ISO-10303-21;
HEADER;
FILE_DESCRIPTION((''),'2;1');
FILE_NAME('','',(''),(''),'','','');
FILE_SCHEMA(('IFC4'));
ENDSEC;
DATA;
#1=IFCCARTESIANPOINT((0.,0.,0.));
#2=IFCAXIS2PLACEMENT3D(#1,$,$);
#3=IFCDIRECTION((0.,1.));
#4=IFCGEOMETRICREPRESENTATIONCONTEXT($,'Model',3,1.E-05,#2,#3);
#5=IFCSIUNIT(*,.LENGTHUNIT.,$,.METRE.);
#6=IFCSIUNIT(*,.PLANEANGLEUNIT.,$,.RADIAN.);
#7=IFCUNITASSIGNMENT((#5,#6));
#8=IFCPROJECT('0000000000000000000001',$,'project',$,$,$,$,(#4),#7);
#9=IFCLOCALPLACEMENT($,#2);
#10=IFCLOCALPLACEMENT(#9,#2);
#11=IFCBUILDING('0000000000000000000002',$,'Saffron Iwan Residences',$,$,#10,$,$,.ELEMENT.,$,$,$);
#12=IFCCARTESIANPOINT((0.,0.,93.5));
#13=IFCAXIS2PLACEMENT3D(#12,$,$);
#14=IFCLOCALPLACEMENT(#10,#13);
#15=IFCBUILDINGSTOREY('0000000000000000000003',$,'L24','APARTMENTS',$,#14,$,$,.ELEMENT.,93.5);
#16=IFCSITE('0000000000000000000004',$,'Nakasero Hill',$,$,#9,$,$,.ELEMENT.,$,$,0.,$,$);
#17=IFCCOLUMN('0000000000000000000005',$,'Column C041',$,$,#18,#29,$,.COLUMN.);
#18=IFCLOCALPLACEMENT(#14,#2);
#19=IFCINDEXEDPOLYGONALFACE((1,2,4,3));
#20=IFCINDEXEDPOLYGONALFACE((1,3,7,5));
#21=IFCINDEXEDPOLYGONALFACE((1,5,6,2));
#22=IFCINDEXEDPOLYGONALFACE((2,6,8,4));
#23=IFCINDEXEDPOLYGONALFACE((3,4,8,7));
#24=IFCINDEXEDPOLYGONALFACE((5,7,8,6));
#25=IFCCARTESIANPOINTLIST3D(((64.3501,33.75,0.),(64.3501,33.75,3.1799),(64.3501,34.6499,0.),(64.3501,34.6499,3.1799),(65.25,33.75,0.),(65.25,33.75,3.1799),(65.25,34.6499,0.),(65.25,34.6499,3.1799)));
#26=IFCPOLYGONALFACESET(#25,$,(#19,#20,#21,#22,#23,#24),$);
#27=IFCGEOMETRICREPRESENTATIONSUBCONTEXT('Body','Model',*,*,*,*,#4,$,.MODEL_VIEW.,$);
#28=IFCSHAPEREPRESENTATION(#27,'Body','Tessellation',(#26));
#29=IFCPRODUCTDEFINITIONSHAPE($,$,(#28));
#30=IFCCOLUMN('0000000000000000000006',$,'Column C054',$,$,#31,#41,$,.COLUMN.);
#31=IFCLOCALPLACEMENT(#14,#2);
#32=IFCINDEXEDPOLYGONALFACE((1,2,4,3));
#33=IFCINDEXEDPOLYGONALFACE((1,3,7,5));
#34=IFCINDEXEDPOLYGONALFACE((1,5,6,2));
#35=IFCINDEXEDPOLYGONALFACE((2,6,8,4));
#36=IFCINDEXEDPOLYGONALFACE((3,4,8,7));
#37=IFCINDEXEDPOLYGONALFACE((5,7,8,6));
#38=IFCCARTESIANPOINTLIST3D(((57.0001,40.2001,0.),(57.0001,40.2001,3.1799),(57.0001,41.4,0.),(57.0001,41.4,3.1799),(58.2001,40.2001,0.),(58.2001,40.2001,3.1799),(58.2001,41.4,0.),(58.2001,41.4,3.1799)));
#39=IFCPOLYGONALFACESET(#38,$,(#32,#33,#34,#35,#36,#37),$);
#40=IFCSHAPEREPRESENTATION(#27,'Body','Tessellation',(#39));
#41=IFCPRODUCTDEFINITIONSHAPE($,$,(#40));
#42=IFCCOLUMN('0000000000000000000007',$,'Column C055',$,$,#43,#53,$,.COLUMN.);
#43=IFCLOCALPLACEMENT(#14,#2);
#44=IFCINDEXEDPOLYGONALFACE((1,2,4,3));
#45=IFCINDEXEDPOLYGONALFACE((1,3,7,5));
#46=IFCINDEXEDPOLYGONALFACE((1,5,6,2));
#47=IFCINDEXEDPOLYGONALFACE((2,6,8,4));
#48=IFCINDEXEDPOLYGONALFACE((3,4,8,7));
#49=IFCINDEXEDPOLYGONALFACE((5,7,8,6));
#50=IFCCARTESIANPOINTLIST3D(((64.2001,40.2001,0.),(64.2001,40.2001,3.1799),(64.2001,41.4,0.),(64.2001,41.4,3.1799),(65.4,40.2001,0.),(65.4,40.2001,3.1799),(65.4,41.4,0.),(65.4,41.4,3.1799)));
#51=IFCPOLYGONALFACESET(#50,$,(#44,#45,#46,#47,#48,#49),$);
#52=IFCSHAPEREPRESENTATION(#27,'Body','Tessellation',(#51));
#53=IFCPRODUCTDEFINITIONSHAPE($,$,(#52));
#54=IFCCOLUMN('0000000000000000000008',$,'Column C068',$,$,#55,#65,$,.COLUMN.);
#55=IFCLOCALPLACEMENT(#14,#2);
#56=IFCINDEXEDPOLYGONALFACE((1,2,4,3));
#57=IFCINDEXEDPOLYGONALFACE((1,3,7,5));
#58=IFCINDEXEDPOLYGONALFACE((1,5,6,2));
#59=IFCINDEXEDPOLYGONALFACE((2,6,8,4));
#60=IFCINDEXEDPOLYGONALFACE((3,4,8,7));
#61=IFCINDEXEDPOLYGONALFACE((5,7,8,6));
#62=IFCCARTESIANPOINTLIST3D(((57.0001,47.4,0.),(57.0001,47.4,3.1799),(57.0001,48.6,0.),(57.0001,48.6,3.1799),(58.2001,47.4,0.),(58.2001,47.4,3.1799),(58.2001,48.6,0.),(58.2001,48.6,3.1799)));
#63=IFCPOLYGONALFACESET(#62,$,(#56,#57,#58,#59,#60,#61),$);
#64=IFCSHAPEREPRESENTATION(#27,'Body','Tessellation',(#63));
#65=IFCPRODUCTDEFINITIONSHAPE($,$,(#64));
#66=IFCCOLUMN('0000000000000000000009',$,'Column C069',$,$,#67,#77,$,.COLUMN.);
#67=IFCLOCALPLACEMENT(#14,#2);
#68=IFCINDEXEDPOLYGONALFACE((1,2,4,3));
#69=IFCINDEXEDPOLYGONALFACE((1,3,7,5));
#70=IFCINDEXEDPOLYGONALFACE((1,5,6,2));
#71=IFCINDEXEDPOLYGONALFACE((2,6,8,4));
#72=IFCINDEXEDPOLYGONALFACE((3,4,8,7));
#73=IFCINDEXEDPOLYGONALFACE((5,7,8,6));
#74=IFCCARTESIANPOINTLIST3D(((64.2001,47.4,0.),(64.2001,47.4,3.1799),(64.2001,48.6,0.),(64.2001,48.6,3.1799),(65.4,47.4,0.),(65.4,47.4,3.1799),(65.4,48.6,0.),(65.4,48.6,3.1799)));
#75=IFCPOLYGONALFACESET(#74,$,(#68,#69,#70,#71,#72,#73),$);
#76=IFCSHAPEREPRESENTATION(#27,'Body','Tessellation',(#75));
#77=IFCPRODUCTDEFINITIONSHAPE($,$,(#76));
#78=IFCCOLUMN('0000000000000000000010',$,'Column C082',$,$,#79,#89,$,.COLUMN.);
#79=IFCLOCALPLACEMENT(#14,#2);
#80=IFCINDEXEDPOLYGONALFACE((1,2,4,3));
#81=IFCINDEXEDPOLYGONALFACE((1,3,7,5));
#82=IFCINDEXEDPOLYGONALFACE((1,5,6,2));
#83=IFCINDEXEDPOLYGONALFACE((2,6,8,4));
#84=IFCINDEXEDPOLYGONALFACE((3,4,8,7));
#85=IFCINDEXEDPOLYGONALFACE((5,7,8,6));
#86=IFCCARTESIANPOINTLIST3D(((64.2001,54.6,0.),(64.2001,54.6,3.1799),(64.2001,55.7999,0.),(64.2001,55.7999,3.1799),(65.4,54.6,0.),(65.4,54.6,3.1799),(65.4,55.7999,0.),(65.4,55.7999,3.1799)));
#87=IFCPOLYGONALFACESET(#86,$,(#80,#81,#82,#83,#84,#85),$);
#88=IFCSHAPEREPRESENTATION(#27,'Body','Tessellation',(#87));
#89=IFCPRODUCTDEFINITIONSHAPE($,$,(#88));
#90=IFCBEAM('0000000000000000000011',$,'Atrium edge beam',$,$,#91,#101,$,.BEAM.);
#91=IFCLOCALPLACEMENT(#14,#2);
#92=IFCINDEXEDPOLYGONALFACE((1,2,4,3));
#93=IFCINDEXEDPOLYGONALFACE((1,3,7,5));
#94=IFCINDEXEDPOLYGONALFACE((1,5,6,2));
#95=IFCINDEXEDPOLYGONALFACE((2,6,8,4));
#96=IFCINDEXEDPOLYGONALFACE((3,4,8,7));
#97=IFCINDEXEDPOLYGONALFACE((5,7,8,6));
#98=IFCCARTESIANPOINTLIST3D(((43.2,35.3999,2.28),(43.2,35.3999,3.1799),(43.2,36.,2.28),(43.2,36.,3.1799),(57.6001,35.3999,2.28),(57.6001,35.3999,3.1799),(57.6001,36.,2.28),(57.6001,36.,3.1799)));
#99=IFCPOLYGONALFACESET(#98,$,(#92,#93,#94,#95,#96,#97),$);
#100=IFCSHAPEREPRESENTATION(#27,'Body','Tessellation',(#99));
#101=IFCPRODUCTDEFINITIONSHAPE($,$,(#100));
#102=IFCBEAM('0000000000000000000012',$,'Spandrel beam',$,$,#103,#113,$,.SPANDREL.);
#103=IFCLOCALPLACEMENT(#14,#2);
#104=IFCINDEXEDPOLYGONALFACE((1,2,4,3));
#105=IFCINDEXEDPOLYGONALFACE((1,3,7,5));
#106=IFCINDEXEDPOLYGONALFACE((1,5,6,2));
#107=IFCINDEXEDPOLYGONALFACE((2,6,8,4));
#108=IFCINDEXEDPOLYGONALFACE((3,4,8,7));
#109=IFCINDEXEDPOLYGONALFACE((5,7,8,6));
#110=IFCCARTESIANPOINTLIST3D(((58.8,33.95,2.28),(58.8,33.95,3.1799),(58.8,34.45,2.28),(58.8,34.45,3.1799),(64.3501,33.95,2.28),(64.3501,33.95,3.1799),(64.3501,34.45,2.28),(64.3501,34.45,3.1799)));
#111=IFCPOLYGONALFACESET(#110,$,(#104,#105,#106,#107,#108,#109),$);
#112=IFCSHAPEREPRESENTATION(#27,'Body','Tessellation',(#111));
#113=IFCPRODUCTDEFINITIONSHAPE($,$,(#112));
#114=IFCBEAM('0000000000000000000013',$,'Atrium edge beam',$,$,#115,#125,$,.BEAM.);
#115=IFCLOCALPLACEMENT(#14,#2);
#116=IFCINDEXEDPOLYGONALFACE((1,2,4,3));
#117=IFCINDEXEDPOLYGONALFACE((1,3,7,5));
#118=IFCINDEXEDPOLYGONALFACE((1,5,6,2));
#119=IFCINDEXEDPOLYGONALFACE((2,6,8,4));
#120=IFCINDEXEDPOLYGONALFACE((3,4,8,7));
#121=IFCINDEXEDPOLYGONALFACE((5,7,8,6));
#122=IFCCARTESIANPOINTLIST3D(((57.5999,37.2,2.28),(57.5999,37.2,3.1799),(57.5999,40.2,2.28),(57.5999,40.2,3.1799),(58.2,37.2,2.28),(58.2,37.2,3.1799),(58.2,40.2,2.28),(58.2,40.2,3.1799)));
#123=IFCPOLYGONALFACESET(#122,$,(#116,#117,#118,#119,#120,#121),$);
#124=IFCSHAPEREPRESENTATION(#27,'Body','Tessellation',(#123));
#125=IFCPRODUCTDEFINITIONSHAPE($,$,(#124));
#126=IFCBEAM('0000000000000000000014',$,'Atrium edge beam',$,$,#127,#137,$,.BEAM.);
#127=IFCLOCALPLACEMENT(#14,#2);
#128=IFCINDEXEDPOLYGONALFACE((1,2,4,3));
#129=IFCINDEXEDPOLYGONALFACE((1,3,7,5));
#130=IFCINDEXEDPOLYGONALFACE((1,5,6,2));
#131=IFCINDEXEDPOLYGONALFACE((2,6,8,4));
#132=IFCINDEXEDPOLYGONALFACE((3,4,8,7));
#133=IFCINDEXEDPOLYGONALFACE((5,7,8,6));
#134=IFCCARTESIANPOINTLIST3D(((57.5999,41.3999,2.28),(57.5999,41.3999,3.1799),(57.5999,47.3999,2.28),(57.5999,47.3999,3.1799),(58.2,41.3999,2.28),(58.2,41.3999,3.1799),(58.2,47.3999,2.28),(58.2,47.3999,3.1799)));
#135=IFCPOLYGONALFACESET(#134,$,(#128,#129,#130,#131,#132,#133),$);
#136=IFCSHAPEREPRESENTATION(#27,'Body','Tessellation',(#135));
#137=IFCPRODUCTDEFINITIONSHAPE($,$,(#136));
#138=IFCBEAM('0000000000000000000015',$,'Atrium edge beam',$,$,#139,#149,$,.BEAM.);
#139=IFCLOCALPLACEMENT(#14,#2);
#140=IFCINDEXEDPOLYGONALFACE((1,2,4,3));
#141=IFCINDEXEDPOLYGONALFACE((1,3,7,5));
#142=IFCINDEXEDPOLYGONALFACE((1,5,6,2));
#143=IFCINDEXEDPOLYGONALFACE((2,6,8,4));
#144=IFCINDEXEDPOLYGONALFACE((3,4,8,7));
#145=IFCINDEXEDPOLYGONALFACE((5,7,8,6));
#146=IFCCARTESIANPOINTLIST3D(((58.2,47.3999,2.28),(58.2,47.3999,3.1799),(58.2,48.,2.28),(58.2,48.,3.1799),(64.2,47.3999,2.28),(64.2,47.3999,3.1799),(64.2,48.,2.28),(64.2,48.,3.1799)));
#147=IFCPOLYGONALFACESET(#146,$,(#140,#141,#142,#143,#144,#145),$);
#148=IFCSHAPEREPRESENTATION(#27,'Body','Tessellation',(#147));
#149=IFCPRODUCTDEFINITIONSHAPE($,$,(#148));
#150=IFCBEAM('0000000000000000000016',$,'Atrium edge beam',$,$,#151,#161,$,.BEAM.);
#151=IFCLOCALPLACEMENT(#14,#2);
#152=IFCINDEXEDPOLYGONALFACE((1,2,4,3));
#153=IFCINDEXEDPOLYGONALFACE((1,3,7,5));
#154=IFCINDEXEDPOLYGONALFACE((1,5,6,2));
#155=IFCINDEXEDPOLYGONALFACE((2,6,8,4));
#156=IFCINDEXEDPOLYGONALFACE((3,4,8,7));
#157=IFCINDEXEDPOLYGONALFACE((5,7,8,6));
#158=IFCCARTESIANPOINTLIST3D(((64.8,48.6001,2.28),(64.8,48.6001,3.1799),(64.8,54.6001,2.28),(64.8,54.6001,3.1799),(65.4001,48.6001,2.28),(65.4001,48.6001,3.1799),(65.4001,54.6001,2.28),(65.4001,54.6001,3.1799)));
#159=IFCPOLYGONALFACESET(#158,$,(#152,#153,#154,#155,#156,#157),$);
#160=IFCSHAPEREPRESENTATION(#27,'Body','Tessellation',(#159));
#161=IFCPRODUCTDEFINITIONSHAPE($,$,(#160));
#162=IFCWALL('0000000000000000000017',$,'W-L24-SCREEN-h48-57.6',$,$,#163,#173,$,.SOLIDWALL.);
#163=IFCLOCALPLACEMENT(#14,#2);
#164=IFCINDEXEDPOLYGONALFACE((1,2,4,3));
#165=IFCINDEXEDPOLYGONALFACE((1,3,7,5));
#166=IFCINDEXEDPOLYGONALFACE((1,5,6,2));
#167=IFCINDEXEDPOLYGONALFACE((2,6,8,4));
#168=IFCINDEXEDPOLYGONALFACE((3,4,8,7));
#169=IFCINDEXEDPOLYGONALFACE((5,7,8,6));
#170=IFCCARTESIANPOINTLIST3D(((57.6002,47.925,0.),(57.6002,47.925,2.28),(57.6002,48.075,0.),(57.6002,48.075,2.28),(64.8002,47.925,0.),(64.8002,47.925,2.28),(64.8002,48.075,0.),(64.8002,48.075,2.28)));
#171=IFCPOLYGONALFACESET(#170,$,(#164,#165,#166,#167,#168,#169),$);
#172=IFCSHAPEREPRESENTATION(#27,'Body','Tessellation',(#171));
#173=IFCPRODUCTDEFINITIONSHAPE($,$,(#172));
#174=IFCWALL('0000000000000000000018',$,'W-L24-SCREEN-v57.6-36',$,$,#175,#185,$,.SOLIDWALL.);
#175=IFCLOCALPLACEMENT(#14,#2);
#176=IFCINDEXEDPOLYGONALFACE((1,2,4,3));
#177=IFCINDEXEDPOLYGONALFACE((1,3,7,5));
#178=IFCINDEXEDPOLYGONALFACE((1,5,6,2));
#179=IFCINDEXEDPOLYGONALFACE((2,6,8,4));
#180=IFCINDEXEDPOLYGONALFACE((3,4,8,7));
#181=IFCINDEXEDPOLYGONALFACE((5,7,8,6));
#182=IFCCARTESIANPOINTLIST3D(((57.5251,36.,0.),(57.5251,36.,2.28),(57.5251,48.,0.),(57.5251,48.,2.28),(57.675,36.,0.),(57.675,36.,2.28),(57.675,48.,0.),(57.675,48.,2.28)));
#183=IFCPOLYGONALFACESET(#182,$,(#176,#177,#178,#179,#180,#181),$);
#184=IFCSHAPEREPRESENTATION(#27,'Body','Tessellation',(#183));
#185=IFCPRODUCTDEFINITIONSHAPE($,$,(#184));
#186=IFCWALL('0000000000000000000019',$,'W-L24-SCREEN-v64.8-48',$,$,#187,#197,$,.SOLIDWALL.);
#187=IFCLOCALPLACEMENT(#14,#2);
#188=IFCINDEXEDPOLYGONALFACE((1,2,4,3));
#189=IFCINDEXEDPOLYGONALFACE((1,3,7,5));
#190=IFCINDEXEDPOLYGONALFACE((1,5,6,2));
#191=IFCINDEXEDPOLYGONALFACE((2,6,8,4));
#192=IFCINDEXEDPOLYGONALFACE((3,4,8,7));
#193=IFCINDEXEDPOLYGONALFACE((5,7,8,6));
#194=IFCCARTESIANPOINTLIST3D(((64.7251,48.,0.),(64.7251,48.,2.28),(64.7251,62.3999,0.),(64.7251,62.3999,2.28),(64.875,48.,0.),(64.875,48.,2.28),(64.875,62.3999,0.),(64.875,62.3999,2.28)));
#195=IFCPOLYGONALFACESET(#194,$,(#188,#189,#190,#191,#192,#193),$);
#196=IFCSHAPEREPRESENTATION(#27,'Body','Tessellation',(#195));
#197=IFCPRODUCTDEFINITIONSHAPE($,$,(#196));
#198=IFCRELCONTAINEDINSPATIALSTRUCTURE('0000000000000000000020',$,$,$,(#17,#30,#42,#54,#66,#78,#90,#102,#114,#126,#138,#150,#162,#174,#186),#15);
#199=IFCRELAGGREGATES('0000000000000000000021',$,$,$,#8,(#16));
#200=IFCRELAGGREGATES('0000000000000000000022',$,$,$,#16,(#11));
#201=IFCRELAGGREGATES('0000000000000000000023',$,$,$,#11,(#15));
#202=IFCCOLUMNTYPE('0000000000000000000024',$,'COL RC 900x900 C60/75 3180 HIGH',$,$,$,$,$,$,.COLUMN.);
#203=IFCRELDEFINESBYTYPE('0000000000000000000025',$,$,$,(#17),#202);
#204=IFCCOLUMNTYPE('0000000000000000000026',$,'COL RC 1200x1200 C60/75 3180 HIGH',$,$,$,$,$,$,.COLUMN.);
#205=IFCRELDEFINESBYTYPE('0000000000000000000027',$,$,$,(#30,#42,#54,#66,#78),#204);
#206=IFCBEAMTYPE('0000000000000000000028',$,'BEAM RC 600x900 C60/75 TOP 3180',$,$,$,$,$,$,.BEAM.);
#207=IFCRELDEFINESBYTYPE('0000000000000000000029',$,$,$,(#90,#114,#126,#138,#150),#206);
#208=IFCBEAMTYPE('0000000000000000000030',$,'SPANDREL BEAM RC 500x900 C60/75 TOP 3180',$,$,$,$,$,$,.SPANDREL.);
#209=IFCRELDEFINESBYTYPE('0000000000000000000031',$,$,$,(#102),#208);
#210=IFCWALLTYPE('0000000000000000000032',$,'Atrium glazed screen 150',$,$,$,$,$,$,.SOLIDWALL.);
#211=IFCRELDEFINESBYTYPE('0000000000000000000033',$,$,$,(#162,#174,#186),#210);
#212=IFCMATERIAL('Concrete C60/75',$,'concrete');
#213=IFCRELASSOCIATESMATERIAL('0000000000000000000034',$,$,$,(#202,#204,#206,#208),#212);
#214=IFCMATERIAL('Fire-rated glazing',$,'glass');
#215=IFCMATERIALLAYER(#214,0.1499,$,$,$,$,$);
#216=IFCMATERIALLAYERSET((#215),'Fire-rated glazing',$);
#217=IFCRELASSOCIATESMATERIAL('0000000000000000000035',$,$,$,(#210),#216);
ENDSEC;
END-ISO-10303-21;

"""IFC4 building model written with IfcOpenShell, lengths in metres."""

from ifc_helpers import new_model, si_unit, direction, frame, frame_2d, origin, origin_2d, place, context, subcontext, project, spatial, rectangle, extrude, source, transform, mapped, material, layer, layer_set, material_profile, profile_set, type_object, element, save


model = new_model("IFC4")

# Units and contexts
model_context = context("Model", 3, precision=1e-05, world=origin(), true_north=direction((0.0, 1.0)))
body_context = subcontext(model_context, "Body", "Model", "MODEL_VIEW")
ifc_project = project(units=[si_unit("LENGTHUNIT", "METRE"), si_unit("PLANEANGLEUNIT", "RADIAN")], contexts=[model_context])

# Site, building, storey
site_placement = place(None, origin())
site = spatial("IfcSite", under=ifc_project, at=site_placement, Name="Nakasero Hill", CompositionType="ELEMENT", RefElevation=0.0)
building_placement = place(site_placement, origin())
building = spatial("IfcBuilding", under=site, at=building_placement, Name="Saffron Iwan Residences", CompositionType="ELEMENT")
storey_placement = place(building_placement, frame((0.0, 0.0, 93.5)))
storey = spatial("IfcBuildingStorey", under=building, at=storey_placement, Name="L24", Description="APARTMENTS", CompositionType="ELEMENT", Elevation=93.5)

# Columns
ifc_material_1 = material(Name="Concrete C60/75", Category="concrete")
ifc_material_profile_1 = material_profile(ifc_material_1, rectangle(XDim=0.8999, YDim=0.8999, at=origin_2d()), Name="RC 900x900")
ifc_profile_set_1 = profile_set([ifc_material_profile_1], Name="Concrete C60/75")
column_type_1 = type_object("IfcColumnType", Name="COL RC 900x900 C60/75 3180 HIGH", PredefinedType="COLUMN", material=ifc_profile_set_1)
shared_shape_1 = source(origin(), body_context, "Body", "SweptSolid", [
    extrude(rectangle(XDim=0.8999, YDim=0.8999, at=origin_2d()), origin(), (0.0, 0.0, 1.0), 3.1799),
])
column_placement = place(storey_placement, frame((64.8, 34.2, 0.0), z_axis=(0.0, 0.0, 1.0), x_axis=(1.0, 0.0, 0.0)))
element("IfcColumn", 1, at=column_placement, inside=storey, type_object=column_type_1, Name="Column C041", PredefinedType="COLUMN", context=body_context, shape_type="MappedRepresentation", body=[
    mapped(shared_shape_1, transform((0.0, 0.0, 0.0))),
])
ifc_material_profile_2 = material_profile(ifc_material_1, rectangle(XDim=1.2, YDim=1.2, at=origin_2d()), Name="RC 1200x1200")
ifc_profile_set_2 = profile_set([ifc_material_profile_2], Name="Concrete C60/75")
column_type_2 = type_object("IfcColumnType", Name="COL RC 1200x1200 C60/75 3180 HIGH", PredefinedType="COLUMN", material=ifc_profile_set_2)
shared_shape_2 = source(origin(), body_context, "Body", "SweptSolid", [
    extrude(rectangle(XDim=1.2, YDim=1.2, at=origin_2d()), origin(), (0.0, 0.0, 1.0), 3.1799),
])
for number, where, z_axis, x_axis, name in (
    (2, (57.6001, 40.8, 0.0), (0.0, 0.0, 1.0), (1.0, 0.0, 0.0), "Column C054"),
    (3, (64.8, 40.8, 0.0), (0.0, 0.0, 1.0), (1.0, 0.0, 0.0), "Column C055"),
    (4, (57.6001, 48.0, 0.0), (0.0, 0.0, 1.0), (1.0, 0.0, 0.0), "Column C068"),
    (5, (64.8, 48.0, 0.0), (0.0, 0.0, 1.0), (1.0, 0.0, 0.0), "Column C069"),
    (6, (64.8, 55.2, 0.0), (0.0, 0.0, 1.0), (1.0, 0.0, 0.0), "Column C082"),
):
    element("IfcColumn", number, at=place(storey_placement, frame(where, z_axis=z_axis, x_axis=x_axis)), inside=storey, type_object=column_type_2, Name=name, PredefinedType="COLUMN", context=body_context, shape_type="MappedRepresentation", body=[
        mapped(shared_shape_2, transform((0.0, 0.0, 0.0))),
    ])

# Beams
ifc_material_profile_3 = material_profile(ifc_material_1, rectangle(XDim=0.6001, YDim=0.8999, at=origin_2d()), Name="RC 600x900")
ifc_profile_set_3 = profile_set([ifc_material_profile_3], Name="Concrete C60/75")
beam_type_1 = type_object("IfcBeamType", Name="BEAM RC 600x900 C60/75 TOP 3180", PredefinedType="BEAM", material=ifc_profile_set_3)
shared_shape_3 = source(origin(), body_context, "Body", "SweptSolid", [
    extrude(rectangle(XDim=0.6001, YDim=0.8999, at=origin_2d()), origin(), (0.0, 0.0, 1.0), 14.4001),
])
beam_1_placement = place(storey_placement, frame((57.6001, 35.7, 2.73), z_axis=(-1.0, 0.0, 0.0), x_axis=(0.0, -1.0, 0.0)))
element("IfcBeam", 7, at=beam_1_placement, inside=storey, type_object=beam_type_1, Name="Atrium edge beam", PredefinedType="BEAM", context=body_context, shape_type="MappedRepresentation", body=[
    mapped(shared_shape_3, transform((0.0, 0.0, 0.0))),
])
ifc_material_profile_4 = material_profile(ifc_material_1, rectangle(XDim=0.5, YDim=0.8999, at=origin_2d()), Name="RC 500x900")
ifc_profile_set_4 = profile_set([ifc_material_profile_4], Name="Concrete C60/75")
beam_type_2 = type_object("IfcBeamType", Name="SPANDREL BEAM RC 500x900 C60/75 TOP 3180", PredefinedType="SPANDREL", material=ifc_profile_set_4)
shared_shape_4 = source(origin(), body_context, "Body", "SweptSolid", [
    extrude(rectangle(XDim=0.5, YDim=0.8999, at=origin_2d()), origin(), (0.0, 0.0, 1.0), 5.55),
])
beam_2_placement = place(storey_placement, frame((64.3501, 34.2, 2.73), z_axis=(-1.0, 0.0, 0.0), x_axis=(0.0, -1.0, 0.0)))
element("IfcBeam", 8, at=beam_2_placement, inside=storey, type_object=beam_type_2, Name="Spandrel beam", PredefinedType="SPANDREL", context=body_context, shape_type="MappedRepresentation", body=[
    mapped(shared_shape_4, transform((0.0, 0.0, 0.0))),
])
shared_shape_5 = source(origin(), body_context, "Body", "SweptSolid", [
    extrude(rectangle(XDim=0.6001, YDim=0.8999, at=origin_2d()), origin(), (0.0, 0.0, 1.0), 3.0),
])
beam_3_placement = place(storey_placement, frame((57.8999, 40.2, 2.73), z_axis=(0.0, -1.0, 0.0), x_axis=(1.0, 0.0, 0.0)))
element("IfcBeam", 9, at=beam_3_placement, inside=storey, type_object=beam_type_1, Name="Atrium edge beam", PredefinedType="BEAM", context=body_context, shape_type="MappedRepresentation", body=[
    mapped(shared_shape_5, transform((0.0, 0.0, 0.0))),
])
shared_shape_6 = source(origin(), body_context, "Body", "SweptSolid", [
    extrude(rectangle(XDim=0.6001, YDim=0.8999, at=origin_2d()), origin(), (0.0, 0.0, 1.0), 6.0),
])
for number, where, z_axis, x_axis, name in (
    (10, (57.8999, 47.3999, 2.73), (0.0, -1.0, 0.0), (1.0, 0.0, 0.0), "Atrium edge beam"),
    (11, (64.2, 47.7, 2.73), (-1.0, 0.0, 0.0), (0.0, -1.0, 0.0), "Atrium edge beam"),
    (12, (65.1001, 54.6001, 2.73), (0.0, -1.0, 0.0), (1.0, 0.0, 0.0), "Atrium edge beam"),
):
    element("IfcBeam", number, at=place(storey_placement, frame(where, z_axis=z_axis, x_axis=x_axis)), inside=storey, type_object=beam_type_1, Name=name, PredefinedType="BEAM", context=body_context, shape_type="MappedRepresentation", body=[
        mapped(shared_shape_6, transform((0.0, 0.0, 0.0))),
    ])

# Walls
ifc_material_2 = material(Name="Fire-rated glazing", Category="glass")
ifc_layer_1 = layer(ifc_material_2, 0.1499)
ifc_layer_set_1 = layer_set([ifc_layer_1], Name="Fire-rated glazing")
wall_type_1 = type_object("IfcWallType", Name="Atrium glazed screen 150", PredefinedType="SOLIDWALL", material=ifc_layer_set_1)
wall_1_placement = place(storey_placement, frame((57.6001, 48.0, 0.0), z_axis=(0.0, 0.0, 1.0), x_axis=(1.0, 0.0, 0.0)))
element("IfcWall", 13, at=wall_1_placement, inside=storey, type_object=wall_type_1, Name="W-L24-SCREEN-h48-57.6", PredefinedType="SOLIDWALL", context=body_context, shape_type="SweptSolid", body=[
    extrude(rectangle(XDim=7.2, YDim=0.1499, at=frame_2d((3.6001, 0.0))), origin(), (0.0, 0.0, 1.0), 2.28),
])
wall_2_placement = place(storey_placement, frame((57.6001, 36.0, 0.0), z_axis=(0.0, 0.0, 1.0), x_axis=(0.0, 1.0, 0.0)))
element("IfcWall", 14, at=wall_2_placement, inside=storey, type_object=wall_type_1, Name="W-L24-SCREEN-v57.6-36", PredefinedType="SOLIDWALL", context=body_context, shape_type="SweptSolid", body=[
    extrude(rectangle(XDim=12.0, YDim=0.1499, at=frame_2d((6.0, 0.0))), origin(), (0.0, 0.0, 1.0), 2.28),
])
wall_3_placement = place(storey_placement, frame((64.8, 48.0, 0.0), z_axis=(0.0, 0.0, 1.0), x_axis=(0.0, 1.0, 0.0)))
element("IfcWall", 15, at=wall_3_placement, inside=storey, type_object=wall_type_1, Name="W-L24-SCREEN-v64.8-48", PredefinedType="SOLIDWALL", context=body_context, shape_type="SweptSolid", body=[
    extrude(rectangle(XDim=14.3999, YDim=0.1499, at=frame_2d((7.2, 0.0))), origin(), (0.0, 0.0, 1.0), 2.28),
])

save(model, "model.ifc")
